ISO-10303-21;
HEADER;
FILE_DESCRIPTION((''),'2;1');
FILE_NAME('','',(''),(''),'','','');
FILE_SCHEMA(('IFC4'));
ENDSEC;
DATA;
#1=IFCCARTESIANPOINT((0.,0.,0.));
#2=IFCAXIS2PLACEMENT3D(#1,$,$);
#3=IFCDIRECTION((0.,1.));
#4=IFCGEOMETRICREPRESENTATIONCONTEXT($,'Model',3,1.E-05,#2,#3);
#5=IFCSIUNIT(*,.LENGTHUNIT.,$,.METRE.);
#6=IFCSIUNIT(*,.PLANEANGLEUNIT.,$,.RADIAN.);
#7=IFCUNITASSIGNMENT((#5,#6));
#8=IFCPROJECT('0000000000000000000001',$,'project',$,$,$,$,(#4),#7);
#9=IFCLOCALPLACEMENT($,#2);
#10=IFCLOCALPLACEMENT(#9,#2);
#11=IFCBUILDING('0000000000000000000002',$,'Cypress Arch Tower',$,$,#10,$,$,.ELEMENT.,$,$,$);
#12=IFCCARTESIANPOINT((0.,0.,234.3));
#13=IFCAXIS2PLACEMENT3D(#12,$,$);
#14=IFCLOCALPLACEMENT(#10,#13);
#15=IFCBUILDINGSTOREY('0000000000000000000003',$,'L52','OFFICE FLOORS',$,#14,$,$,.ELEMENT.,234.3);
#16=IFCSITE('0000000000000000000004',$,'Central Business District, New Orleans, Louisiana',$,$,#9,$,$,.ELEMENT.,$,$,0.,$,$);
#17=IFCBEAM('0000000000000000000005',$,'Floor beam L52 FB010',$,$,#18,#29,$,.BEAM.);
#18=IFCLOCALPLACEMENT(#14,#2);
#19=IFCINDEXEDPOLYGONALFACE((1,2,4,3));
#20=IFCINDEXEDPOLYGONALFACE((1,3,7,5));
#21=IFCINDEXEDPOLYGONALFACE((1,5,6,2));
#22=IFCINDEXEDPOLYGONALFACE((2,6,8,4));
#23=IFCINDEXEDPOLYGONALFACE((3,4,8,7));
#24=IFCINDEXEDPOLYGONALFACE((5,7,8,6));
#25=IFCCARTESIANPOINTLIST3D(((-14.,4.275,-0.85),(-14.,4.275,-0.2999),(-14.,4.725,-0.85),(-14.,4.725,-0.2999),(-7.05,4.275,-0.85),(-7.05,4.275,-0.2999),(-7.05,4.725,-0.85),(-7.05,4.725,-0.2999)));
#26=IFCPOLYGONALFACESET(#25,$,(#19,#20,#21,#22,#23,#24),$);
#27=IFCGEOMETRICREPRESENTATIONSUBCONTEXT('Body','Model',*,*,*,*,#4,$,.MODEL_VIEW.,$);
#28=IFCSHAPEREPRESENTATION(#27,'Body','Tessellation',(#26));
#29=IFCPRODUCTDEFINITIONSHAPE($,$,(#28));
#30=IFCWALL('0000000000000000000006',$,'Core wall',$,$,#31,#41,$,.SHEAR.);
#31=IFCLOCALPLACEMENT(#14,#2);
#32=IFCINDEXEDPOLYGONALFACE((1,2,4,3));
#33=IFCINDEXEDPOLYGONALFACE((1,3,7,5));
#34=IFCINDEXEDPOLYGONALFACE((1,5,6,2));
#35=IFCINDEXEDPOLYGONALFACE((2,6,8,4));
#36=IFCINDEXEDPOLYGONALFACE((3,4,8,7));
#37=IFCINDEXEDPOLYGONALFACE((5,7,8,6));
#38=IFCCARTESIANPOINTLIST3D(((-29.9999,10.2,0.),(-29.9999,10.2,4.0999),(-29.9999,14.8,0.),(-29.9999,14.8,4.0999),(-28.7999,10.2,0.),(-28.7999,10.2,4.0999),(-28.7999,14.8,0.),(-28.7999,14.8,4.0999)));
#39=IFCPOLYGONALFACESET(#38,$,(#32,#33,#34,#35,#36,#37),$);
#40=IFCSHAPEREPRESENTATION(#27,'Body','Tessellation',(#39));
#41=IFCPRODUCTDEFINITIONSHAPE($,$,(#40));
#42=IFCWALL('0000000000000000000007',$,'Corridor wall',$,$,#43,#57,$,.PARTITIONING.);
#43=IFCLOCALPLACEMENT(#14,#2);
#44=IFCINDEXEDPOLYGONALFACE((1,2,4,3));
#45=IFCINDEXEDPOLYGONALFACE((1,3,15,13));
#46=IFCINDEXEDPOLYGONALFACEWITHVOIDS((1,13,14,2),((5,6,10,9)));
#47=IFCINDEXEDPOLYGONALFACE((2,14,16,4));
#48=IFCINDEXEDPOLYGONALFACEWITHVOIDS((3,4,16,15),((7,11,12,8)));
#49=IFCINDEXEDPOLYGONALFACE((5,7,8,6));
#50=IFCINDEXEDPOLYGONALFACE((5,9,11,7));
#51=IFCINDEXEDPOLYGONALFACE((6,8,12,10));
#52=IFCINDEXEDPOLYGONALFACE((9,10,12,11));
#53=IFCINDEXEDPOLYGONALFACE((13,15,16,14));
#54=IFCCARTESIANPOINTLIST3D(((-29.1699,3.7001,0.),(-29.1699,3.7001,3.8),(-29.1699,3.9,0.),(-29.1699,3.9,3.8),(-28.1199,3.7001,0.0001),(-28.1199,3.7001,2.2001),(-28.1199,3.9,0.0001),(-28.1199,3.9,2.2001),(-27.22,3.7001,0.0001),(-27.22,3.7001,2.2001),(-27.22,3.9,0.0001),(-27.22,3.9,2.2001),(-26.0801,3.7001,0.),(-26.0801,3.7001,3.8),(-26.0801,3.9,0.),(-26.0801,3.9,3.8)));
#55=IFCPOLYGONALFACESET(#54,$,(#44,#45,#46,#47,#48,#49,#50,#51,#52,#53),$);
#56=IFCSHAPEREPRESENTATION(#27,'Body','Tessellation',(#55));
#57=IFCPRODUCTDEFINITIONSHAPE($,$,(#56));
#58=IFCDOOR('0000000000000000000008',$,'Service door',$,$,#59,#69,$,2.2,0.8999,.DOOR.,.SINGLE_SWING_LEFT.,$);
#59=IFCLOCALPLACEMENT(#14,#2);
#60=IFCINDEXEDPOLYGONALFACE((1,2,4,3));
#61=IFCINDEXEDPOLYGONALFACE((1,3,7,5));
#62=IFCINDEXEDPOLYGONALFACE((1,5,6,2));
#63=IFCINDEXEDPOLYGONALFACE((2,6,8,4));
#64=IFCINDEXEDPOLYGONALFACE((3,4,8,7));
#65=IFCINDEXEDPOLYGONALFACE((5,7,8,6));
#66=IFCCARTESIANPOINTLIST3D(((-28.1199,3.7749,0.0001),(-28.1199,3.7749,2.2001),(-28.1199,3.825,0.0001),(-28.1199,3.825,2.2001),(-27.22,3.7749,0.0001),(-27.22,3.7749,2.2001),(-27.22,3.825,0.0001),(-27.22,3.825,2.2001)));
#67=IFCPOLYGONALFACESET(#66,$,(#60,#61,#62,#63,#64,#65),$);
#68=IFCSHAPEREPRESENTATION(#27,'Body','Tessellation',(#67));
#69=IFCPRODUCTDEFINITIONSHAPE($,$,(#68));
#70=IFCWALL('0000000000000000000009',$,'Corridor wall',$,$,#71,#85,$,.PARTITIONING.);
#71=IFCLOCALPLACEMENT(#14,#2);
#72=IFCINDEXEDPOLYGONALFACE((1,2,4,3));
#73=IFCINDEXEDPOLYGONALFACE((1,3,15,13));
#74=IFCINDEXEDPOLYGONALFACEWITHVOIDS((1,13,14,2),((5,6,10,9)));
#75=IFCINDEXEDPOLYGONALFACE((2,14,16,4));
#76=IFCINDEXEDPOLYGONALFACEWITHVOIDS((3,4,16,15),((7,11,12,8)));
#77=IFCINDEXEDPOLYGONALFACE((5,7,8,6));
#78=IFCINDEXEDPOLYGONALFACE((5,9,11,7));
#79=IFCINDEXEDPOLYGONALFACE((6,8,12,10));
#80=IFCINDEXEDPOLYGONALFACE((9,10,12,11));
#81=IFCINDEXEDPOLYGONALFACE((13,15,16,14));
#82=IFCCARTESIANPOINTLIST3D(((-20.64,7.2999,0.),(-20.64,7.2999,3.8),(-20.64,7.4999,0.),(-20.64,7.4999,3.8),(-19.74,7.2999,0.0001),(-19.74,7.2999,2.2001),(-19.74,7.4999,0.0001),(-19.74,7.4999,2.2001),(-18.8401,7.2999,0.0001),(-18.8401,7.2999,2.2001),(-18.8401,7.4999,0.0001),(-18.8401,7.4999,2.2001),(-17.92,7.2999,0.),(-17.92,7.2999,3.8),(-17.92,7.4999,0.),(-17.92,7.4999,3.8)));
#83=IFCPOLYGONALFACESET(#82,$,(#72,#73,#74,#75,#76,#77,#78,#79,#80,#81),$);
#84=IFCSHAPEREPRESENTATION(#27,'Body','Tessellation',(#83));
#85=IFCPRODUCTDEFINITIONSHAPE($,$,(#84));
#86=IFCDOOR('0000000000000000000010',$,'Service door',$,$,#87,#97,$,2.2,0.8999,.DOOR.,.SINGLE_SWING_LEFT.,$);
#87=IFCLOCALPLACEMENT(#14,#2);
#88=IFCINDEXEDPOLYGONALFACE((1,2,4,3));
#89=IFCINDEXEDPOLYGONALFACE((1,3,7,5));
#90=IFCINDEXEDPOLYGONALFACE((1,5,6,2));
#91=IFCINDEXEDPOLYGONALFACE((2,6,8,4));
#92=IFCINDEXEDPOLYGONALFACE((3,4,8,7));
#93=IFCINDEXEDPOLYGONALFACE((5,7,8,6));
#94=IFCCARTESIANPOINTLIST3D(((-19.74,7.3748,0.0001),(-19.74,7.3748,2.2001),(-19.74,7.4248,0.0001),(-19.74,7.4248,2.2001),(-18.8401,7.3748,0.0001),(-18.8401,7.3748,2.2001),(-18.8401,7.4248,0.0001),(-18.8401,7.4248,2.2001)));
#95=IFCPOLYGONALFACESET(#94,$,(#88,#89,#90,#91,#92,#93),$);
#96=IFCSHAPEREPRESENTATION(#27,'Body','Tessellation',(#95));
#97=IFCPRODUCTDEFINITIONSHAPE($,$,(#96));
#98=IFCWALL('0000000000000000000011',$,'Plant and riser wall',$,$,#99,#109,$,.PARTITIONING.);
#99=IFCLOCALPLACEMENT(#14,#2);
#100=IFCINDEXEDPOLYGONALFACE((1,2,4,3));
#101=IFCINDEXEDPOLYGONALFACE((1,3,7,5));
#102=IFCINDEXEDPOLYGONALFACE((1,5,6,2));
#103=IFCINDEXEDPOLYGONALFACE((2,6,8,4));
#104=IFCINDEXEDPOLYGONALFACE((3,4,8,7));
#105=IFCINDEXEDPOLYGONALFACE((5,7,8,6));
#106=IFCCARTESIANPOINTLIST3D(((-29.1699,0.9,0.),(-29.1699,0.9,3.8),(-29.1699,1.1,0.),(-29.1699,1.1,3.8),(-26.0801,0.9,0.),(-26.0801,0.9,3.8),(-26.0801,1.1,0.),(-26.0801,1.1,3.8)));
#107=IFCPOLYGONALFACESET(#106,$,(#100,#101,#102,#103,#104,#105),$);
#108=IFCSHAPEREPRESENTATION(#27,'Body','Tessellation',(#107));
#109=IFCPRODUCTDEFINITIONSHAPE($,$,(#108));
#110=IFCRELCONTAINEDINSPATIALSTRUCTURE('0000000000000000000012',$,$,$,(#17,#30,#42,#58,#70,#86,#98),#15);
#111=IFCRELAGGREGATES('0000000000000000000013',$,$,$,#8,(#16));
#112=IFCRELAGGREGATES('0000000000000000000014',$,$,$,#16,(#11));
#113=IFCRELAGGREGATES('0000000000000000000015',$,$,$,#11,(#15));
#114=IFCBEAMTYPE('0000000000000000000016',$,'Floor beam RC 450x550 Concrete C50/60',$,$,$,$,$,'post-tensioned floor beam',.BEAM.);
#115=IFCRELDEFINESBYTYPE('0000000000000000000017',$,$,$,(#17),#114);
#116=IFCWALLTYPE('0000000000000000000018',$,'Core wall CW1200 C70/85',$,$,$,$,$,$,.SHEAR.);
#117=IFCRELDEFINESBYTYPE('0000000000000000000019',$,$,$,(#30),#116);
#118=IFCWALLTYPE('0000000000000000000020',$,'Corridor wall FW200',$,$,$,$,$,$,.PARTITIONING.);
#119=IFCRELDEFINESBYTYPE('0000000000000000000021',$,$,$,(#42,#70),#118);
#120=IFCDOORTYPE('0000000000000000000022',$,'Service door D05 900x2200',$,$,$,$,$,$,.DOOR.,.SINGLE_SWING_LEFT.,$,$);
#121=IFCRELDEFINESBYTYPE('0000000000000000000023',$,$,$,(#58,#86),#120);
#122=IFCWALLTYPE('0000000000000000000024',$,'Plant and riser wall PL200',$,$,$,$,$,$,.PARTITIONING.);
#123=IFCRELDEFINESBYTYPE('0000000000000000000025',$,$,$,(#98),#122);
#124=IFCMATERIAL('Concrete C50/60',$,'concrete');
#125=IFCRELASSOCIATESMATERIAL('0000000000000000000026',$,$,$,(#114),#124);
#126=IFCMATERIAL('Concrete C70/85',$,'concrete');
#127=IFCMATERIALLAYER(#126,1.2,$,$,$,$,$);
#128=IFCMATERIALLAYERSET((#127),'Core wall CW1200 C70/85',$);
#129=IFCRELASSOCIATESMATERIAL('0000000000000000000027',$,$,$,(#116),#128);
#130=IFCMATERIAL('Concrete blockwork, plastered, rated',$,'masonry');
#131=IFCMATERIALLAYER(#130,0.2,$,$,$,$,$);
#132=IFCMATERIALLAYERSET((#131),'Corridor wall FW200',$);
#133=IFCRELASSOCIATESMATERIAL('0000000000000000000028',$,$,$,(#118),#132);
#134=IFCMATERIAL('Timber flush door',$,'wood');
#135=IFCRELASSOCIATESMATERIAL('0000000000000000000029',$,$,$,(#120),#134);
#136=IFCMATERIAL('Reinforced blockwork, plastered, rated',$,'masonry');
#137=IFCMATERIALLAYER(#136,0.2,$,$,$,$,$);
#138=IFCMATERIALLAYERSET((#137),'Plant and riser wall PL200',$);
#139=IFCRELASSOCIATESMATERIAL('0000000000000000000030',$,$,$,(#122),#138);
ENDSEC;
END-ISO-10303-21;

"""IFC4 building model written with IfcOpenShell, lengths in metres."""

from ifc_helpers import new_model, si_unit, direction, frame, frame_2d, origin, origin_2d, place, context, subcontext, project, spatial, rectangle, extrude, material, layer, layer_set, material_profile, profile_set, type_object, element, fill, save


model = new_model("IFC4")

# Units and contexts
model_context = context("Model", 3, precision=1e-05, world=origin(), true_north=direction((0.0, 1.0)))
body_context = subcontext(model_context, "Body", "Model", "MODEL_VIEW")
ifc_project = project(units=[si_unit("LENGTHUNIT", "METRE"), si_unit("PLANEANGLEUNIT", "RADIAN")], contexts=[model_context])

# Site, building, storey
site_placement = place(None, origin())
site = spatial("IfcSite", under=ifc_project, at=site_placement, Name="Central Business District, New Orleans, Louisiana", CompositionType="ELEMENT", RefElevation=0.0)
building_placement = place(site_placement, origin())
building = spatial("IfcBuilding", under=site, at=building_placement, Name="Cypress Arch Tower", CompositionType="ELEMENT")
storey_placement = place(building_placement, frame((0.0, 0.0, 234.3)))
storey = spatial("IfcBuildingStorey", under=building, at=storey_placement, Name="L52", Description="OFFICE FLOORS", CompositionType="ELEMENT", Elevation=234.3)

# Beam
ifc_material_1 = material(Name="Concrete C50/60", Category="concrete")
ifc_material_profile = material_profile(ifc_material_1, rectangle(XDim=0.45, YDim=0.55, at=origin_2d()), Name="RC 450x550")
ifc_profile_set = profile_set([ifc_material_profile], Name="Concrete C50/60")
beam_type = type_object("IfcBeamType", Name="Floor beam RC 450x550 Concrete C50/60", ElementType="post-tensioned floor beam", PredefinedType="BEAM", material=ifc_profile_set)
beam_placement = place(storey_placement, frame((-14.0, 4.5, -0.575), z_axis=(1.0, 0.0, 0.0), x_axis=(0.0, 1.0, 0.0)))
element("IfcBeam", 1, at=beam_placement, inside=storey, type_object=beam_type, Name="Floor beam L52 FB010", PredefinedType="BEAM", context=body_context, shape_type="SweptSolid", body=[
    extrude(rectangle(XDim=0.45, YDim=0.55, at=origin_2d()), origin(), (0.0, 0.0, 1.0), 6.95),
])

# Wall
ifc_material_2 = material(Name="Concrete C70/85", Category="concrete")
ifc_layer_1 = layer(ifc_material_2, 1.2)
ifc_layer_set_1 = layer_set([ifc_layer_1], Name="Core wall CW1200 C70/85")
wall_type_1 = type_object("IfcWallType", Name="Core wall CW1200 C70/85", PredefinedType="SHEAR", material=ifc_layer_set_1)
wall_1_placement = place(storey_placement, frame((-29.3999, 10.2, 0.0), z_axis=(0.0, 0.0, 1.0), x_axis=(0.0, 1.0, 0.0)))
element("IfcWall", 2, at=wall_1_placement, inside=storey, type_object=wall_type_1, Name="Core wall", PredefinedType="SHEAR", context=body_context, shape_type="SweptSolid", body=[
    extrude(rectangle(XDim=4.6001, YDim=1.2, at=frame_2d((2.3, 0.0))), origin(), (0.0, 0.0, 1.0), 4.0999),
])

# Walls, openings, doors
ifc_material_3 = material(Name="Concrete blockwork, plastered, rated", Category="masonry")
ifc_layer_2 = layer(ifc_material_3, 0.2)
ifc_layer_set_2 = layer_set([ifc_layer_2], Name="Corridor wall FW200")
wall_type_2 = type_object("IfcWallType", Name="Corridor wall FW200", PredefinedType="PARTITIONING", material=ifc_layer_set_2)
wall_2_placement = place(storey_placement, frame((-29.1699, 3.8, 0.0), z_axis=(0.0, 0.0, 1.0), x_axis=(1.0, 0.0, 0.0)))
wall_2 = element("IfcWall", 3, at=wall_2_placement, inside=storey, type_object=wall_type_2, Name="Corridor wall", PredefinedType="PARTITIONING", context=body_context, shape_type="SweptSolid", body=[
    extrude(rectangle(XDim=3.0898, YDim=0.2, at=frame_2d((1.5449, 0.0))), origin(), (0.0, 0.0, 1.0), 3.8),
])
opening_1_placement = place(wall_2_placement, frame((1.05, 0.0, 0.0)))
opening_1 = element("IfcOpeningElement", 4, at=opening_1_placement, cuts=wall_2, PredefinedType="OPENING", context=body_context, shape_type="SweptSolid", body=[
    extrude(rectangle(XDim=0.8999, YDim=2.2, at=frame_2d((0.45, 1.1001))), frame((0.0, 0.1099, 0.0), z_axis=(0.0, -1.0, 0.0), x_axis=(1.0, 0.0, 0.0)), (0.0, 0.0, 1.0), 0.22),
])
ifc_material_4 = material(Name="Timber flush door", Category="wood")
door_type_1 = type_object("IfcDoorType", Name="Service door D05 900x2200", OperationType="SINGLE_SWING_LEFT", PredefinedType="DOOR", material=ifc_material_4)
door_1_placement = place(opening_1_placement, origin())
door_1 = element("IfcDoor", 5, at=door_1_placement, inside=storey, type_object=door_type_1, Name="Service door", OperationType="SINGLE_SWING_LEFT", OverallHeight=2.2, OverallWidth=0.8999, PredefinedType="DOOR", context=body_context, shape_type="SweptSolid", body=[
    extrude(rectangle(XDim=0.8999, YDim=2.2, at=frame_2d((0.45, 1.1001))), frame((0.0, 0.0249, 0.0), z_axis=(0.0, -1.0, 0.0), x_axis=(1.0, 0.0, 0.0)), (0.0, 0.0, 1.0), 0.05),
])
fill(opening_1, door_1)
wall_3_placement = place(storey_placement, frame((-20.6399, 7.3999, 0.0), z_axis=(0.0, 0.0, 1.0), x_axis=(1.0, 0.0, 0.0)))
wall_3 = element("IfcWall", 6, at=wall_3_placement, inside=storey, type_object=wall_type_2, Name="Corridor wall", PredefinedType="PARTITIONING", context=body_context, shape_type="SweptSolid", body=[
    extrude(rectangle(XDim=2.72, YDim=0.2, at=frame_2d((1.3599, 0.0))), origin(), (0.0, 0.0, 1.0), 3.8),
])
opening_2_placement = place(wall_3_placement, frame((0.8999, 0.0, 0.0)))
opening_2 = element("IfcOpeningElement", 7, at=opening_2_placement, cuts=wall_3, PredefinedType="OPENING", context=body_context, shape_type="SweptSolid", body=[
    extrude(rectangle(XDim=0.8999, YDim=2.2, at=frame_2d((0.45, 1.1001))), frame((0.0, 0.1099, 0.0), z_axis=(0.0, -1.0, 0.0), x_axis=(1.0, 0.0, 0.0)), (0.0, 0.0, 1.0), 0.22),
])
door_2_placement = place(opening_2_placement, origin())
door_2 = element("IfcDoor", 8, at=door_2_placement, inside=storey, type_object=door_type_1, Name="Service door", OperationType="SINGLE_SWING_LEFT", OverallHeight=2.2, OverallWidth=0.8999, PredefinedType="DOOR", context=body_context, shape_type="SweptSolid", body=[
    extrude(rectangle(XDim=0.8999, YDim=2.2, at=frame_2d((0.45, 1.1001))), frame((0.0, 0.0249, 0.0), z_axis=(0.0, -1.0, 0.0), x_axis=(1.0, 0.0, 0.0)), (0.0, 0.0, 1.0), 0.05),
])
fill(opening_2, door_2)

# Wall
ifc_material_5 = material(Name="Reinforced blockwork, plastered, rated", Category="masonry")
ifc_layer_3 = layer(ifc_material_5, 0.2)
ifc_layer_set_3 = layer_set([ifc_layer_3], Name="Plant and riser wall PL200")
wall_type_3 = type_object("IfcWallType", Name="Plant and riser wall PL200", PredefinedType="PARTITIONING", material=ifc_layer_set_3)
wall_4_placement = place(storey_placement, frame((-29.1699, 1.0, 0.0), z_axis=(0.0, 0.0, 1.0), x_axis=(1.0, 0.0, 0.0)))
element("IfcWall", 9, at=wall_4_placement, inside=storey, type_object=wall_type_3, Name="Plant and riser wall", PredefinedType="PARTITIONING", context=body_context, shape_type="SweptSolid", body=[
    extrude(rectangle(XDim=3.0898, YDim=0.2, at=frame_2d((1.5449, 0.0))), origin(), (0.0, 0.0, 1.0), 3.8),
])

save(model, "model.ifc")
